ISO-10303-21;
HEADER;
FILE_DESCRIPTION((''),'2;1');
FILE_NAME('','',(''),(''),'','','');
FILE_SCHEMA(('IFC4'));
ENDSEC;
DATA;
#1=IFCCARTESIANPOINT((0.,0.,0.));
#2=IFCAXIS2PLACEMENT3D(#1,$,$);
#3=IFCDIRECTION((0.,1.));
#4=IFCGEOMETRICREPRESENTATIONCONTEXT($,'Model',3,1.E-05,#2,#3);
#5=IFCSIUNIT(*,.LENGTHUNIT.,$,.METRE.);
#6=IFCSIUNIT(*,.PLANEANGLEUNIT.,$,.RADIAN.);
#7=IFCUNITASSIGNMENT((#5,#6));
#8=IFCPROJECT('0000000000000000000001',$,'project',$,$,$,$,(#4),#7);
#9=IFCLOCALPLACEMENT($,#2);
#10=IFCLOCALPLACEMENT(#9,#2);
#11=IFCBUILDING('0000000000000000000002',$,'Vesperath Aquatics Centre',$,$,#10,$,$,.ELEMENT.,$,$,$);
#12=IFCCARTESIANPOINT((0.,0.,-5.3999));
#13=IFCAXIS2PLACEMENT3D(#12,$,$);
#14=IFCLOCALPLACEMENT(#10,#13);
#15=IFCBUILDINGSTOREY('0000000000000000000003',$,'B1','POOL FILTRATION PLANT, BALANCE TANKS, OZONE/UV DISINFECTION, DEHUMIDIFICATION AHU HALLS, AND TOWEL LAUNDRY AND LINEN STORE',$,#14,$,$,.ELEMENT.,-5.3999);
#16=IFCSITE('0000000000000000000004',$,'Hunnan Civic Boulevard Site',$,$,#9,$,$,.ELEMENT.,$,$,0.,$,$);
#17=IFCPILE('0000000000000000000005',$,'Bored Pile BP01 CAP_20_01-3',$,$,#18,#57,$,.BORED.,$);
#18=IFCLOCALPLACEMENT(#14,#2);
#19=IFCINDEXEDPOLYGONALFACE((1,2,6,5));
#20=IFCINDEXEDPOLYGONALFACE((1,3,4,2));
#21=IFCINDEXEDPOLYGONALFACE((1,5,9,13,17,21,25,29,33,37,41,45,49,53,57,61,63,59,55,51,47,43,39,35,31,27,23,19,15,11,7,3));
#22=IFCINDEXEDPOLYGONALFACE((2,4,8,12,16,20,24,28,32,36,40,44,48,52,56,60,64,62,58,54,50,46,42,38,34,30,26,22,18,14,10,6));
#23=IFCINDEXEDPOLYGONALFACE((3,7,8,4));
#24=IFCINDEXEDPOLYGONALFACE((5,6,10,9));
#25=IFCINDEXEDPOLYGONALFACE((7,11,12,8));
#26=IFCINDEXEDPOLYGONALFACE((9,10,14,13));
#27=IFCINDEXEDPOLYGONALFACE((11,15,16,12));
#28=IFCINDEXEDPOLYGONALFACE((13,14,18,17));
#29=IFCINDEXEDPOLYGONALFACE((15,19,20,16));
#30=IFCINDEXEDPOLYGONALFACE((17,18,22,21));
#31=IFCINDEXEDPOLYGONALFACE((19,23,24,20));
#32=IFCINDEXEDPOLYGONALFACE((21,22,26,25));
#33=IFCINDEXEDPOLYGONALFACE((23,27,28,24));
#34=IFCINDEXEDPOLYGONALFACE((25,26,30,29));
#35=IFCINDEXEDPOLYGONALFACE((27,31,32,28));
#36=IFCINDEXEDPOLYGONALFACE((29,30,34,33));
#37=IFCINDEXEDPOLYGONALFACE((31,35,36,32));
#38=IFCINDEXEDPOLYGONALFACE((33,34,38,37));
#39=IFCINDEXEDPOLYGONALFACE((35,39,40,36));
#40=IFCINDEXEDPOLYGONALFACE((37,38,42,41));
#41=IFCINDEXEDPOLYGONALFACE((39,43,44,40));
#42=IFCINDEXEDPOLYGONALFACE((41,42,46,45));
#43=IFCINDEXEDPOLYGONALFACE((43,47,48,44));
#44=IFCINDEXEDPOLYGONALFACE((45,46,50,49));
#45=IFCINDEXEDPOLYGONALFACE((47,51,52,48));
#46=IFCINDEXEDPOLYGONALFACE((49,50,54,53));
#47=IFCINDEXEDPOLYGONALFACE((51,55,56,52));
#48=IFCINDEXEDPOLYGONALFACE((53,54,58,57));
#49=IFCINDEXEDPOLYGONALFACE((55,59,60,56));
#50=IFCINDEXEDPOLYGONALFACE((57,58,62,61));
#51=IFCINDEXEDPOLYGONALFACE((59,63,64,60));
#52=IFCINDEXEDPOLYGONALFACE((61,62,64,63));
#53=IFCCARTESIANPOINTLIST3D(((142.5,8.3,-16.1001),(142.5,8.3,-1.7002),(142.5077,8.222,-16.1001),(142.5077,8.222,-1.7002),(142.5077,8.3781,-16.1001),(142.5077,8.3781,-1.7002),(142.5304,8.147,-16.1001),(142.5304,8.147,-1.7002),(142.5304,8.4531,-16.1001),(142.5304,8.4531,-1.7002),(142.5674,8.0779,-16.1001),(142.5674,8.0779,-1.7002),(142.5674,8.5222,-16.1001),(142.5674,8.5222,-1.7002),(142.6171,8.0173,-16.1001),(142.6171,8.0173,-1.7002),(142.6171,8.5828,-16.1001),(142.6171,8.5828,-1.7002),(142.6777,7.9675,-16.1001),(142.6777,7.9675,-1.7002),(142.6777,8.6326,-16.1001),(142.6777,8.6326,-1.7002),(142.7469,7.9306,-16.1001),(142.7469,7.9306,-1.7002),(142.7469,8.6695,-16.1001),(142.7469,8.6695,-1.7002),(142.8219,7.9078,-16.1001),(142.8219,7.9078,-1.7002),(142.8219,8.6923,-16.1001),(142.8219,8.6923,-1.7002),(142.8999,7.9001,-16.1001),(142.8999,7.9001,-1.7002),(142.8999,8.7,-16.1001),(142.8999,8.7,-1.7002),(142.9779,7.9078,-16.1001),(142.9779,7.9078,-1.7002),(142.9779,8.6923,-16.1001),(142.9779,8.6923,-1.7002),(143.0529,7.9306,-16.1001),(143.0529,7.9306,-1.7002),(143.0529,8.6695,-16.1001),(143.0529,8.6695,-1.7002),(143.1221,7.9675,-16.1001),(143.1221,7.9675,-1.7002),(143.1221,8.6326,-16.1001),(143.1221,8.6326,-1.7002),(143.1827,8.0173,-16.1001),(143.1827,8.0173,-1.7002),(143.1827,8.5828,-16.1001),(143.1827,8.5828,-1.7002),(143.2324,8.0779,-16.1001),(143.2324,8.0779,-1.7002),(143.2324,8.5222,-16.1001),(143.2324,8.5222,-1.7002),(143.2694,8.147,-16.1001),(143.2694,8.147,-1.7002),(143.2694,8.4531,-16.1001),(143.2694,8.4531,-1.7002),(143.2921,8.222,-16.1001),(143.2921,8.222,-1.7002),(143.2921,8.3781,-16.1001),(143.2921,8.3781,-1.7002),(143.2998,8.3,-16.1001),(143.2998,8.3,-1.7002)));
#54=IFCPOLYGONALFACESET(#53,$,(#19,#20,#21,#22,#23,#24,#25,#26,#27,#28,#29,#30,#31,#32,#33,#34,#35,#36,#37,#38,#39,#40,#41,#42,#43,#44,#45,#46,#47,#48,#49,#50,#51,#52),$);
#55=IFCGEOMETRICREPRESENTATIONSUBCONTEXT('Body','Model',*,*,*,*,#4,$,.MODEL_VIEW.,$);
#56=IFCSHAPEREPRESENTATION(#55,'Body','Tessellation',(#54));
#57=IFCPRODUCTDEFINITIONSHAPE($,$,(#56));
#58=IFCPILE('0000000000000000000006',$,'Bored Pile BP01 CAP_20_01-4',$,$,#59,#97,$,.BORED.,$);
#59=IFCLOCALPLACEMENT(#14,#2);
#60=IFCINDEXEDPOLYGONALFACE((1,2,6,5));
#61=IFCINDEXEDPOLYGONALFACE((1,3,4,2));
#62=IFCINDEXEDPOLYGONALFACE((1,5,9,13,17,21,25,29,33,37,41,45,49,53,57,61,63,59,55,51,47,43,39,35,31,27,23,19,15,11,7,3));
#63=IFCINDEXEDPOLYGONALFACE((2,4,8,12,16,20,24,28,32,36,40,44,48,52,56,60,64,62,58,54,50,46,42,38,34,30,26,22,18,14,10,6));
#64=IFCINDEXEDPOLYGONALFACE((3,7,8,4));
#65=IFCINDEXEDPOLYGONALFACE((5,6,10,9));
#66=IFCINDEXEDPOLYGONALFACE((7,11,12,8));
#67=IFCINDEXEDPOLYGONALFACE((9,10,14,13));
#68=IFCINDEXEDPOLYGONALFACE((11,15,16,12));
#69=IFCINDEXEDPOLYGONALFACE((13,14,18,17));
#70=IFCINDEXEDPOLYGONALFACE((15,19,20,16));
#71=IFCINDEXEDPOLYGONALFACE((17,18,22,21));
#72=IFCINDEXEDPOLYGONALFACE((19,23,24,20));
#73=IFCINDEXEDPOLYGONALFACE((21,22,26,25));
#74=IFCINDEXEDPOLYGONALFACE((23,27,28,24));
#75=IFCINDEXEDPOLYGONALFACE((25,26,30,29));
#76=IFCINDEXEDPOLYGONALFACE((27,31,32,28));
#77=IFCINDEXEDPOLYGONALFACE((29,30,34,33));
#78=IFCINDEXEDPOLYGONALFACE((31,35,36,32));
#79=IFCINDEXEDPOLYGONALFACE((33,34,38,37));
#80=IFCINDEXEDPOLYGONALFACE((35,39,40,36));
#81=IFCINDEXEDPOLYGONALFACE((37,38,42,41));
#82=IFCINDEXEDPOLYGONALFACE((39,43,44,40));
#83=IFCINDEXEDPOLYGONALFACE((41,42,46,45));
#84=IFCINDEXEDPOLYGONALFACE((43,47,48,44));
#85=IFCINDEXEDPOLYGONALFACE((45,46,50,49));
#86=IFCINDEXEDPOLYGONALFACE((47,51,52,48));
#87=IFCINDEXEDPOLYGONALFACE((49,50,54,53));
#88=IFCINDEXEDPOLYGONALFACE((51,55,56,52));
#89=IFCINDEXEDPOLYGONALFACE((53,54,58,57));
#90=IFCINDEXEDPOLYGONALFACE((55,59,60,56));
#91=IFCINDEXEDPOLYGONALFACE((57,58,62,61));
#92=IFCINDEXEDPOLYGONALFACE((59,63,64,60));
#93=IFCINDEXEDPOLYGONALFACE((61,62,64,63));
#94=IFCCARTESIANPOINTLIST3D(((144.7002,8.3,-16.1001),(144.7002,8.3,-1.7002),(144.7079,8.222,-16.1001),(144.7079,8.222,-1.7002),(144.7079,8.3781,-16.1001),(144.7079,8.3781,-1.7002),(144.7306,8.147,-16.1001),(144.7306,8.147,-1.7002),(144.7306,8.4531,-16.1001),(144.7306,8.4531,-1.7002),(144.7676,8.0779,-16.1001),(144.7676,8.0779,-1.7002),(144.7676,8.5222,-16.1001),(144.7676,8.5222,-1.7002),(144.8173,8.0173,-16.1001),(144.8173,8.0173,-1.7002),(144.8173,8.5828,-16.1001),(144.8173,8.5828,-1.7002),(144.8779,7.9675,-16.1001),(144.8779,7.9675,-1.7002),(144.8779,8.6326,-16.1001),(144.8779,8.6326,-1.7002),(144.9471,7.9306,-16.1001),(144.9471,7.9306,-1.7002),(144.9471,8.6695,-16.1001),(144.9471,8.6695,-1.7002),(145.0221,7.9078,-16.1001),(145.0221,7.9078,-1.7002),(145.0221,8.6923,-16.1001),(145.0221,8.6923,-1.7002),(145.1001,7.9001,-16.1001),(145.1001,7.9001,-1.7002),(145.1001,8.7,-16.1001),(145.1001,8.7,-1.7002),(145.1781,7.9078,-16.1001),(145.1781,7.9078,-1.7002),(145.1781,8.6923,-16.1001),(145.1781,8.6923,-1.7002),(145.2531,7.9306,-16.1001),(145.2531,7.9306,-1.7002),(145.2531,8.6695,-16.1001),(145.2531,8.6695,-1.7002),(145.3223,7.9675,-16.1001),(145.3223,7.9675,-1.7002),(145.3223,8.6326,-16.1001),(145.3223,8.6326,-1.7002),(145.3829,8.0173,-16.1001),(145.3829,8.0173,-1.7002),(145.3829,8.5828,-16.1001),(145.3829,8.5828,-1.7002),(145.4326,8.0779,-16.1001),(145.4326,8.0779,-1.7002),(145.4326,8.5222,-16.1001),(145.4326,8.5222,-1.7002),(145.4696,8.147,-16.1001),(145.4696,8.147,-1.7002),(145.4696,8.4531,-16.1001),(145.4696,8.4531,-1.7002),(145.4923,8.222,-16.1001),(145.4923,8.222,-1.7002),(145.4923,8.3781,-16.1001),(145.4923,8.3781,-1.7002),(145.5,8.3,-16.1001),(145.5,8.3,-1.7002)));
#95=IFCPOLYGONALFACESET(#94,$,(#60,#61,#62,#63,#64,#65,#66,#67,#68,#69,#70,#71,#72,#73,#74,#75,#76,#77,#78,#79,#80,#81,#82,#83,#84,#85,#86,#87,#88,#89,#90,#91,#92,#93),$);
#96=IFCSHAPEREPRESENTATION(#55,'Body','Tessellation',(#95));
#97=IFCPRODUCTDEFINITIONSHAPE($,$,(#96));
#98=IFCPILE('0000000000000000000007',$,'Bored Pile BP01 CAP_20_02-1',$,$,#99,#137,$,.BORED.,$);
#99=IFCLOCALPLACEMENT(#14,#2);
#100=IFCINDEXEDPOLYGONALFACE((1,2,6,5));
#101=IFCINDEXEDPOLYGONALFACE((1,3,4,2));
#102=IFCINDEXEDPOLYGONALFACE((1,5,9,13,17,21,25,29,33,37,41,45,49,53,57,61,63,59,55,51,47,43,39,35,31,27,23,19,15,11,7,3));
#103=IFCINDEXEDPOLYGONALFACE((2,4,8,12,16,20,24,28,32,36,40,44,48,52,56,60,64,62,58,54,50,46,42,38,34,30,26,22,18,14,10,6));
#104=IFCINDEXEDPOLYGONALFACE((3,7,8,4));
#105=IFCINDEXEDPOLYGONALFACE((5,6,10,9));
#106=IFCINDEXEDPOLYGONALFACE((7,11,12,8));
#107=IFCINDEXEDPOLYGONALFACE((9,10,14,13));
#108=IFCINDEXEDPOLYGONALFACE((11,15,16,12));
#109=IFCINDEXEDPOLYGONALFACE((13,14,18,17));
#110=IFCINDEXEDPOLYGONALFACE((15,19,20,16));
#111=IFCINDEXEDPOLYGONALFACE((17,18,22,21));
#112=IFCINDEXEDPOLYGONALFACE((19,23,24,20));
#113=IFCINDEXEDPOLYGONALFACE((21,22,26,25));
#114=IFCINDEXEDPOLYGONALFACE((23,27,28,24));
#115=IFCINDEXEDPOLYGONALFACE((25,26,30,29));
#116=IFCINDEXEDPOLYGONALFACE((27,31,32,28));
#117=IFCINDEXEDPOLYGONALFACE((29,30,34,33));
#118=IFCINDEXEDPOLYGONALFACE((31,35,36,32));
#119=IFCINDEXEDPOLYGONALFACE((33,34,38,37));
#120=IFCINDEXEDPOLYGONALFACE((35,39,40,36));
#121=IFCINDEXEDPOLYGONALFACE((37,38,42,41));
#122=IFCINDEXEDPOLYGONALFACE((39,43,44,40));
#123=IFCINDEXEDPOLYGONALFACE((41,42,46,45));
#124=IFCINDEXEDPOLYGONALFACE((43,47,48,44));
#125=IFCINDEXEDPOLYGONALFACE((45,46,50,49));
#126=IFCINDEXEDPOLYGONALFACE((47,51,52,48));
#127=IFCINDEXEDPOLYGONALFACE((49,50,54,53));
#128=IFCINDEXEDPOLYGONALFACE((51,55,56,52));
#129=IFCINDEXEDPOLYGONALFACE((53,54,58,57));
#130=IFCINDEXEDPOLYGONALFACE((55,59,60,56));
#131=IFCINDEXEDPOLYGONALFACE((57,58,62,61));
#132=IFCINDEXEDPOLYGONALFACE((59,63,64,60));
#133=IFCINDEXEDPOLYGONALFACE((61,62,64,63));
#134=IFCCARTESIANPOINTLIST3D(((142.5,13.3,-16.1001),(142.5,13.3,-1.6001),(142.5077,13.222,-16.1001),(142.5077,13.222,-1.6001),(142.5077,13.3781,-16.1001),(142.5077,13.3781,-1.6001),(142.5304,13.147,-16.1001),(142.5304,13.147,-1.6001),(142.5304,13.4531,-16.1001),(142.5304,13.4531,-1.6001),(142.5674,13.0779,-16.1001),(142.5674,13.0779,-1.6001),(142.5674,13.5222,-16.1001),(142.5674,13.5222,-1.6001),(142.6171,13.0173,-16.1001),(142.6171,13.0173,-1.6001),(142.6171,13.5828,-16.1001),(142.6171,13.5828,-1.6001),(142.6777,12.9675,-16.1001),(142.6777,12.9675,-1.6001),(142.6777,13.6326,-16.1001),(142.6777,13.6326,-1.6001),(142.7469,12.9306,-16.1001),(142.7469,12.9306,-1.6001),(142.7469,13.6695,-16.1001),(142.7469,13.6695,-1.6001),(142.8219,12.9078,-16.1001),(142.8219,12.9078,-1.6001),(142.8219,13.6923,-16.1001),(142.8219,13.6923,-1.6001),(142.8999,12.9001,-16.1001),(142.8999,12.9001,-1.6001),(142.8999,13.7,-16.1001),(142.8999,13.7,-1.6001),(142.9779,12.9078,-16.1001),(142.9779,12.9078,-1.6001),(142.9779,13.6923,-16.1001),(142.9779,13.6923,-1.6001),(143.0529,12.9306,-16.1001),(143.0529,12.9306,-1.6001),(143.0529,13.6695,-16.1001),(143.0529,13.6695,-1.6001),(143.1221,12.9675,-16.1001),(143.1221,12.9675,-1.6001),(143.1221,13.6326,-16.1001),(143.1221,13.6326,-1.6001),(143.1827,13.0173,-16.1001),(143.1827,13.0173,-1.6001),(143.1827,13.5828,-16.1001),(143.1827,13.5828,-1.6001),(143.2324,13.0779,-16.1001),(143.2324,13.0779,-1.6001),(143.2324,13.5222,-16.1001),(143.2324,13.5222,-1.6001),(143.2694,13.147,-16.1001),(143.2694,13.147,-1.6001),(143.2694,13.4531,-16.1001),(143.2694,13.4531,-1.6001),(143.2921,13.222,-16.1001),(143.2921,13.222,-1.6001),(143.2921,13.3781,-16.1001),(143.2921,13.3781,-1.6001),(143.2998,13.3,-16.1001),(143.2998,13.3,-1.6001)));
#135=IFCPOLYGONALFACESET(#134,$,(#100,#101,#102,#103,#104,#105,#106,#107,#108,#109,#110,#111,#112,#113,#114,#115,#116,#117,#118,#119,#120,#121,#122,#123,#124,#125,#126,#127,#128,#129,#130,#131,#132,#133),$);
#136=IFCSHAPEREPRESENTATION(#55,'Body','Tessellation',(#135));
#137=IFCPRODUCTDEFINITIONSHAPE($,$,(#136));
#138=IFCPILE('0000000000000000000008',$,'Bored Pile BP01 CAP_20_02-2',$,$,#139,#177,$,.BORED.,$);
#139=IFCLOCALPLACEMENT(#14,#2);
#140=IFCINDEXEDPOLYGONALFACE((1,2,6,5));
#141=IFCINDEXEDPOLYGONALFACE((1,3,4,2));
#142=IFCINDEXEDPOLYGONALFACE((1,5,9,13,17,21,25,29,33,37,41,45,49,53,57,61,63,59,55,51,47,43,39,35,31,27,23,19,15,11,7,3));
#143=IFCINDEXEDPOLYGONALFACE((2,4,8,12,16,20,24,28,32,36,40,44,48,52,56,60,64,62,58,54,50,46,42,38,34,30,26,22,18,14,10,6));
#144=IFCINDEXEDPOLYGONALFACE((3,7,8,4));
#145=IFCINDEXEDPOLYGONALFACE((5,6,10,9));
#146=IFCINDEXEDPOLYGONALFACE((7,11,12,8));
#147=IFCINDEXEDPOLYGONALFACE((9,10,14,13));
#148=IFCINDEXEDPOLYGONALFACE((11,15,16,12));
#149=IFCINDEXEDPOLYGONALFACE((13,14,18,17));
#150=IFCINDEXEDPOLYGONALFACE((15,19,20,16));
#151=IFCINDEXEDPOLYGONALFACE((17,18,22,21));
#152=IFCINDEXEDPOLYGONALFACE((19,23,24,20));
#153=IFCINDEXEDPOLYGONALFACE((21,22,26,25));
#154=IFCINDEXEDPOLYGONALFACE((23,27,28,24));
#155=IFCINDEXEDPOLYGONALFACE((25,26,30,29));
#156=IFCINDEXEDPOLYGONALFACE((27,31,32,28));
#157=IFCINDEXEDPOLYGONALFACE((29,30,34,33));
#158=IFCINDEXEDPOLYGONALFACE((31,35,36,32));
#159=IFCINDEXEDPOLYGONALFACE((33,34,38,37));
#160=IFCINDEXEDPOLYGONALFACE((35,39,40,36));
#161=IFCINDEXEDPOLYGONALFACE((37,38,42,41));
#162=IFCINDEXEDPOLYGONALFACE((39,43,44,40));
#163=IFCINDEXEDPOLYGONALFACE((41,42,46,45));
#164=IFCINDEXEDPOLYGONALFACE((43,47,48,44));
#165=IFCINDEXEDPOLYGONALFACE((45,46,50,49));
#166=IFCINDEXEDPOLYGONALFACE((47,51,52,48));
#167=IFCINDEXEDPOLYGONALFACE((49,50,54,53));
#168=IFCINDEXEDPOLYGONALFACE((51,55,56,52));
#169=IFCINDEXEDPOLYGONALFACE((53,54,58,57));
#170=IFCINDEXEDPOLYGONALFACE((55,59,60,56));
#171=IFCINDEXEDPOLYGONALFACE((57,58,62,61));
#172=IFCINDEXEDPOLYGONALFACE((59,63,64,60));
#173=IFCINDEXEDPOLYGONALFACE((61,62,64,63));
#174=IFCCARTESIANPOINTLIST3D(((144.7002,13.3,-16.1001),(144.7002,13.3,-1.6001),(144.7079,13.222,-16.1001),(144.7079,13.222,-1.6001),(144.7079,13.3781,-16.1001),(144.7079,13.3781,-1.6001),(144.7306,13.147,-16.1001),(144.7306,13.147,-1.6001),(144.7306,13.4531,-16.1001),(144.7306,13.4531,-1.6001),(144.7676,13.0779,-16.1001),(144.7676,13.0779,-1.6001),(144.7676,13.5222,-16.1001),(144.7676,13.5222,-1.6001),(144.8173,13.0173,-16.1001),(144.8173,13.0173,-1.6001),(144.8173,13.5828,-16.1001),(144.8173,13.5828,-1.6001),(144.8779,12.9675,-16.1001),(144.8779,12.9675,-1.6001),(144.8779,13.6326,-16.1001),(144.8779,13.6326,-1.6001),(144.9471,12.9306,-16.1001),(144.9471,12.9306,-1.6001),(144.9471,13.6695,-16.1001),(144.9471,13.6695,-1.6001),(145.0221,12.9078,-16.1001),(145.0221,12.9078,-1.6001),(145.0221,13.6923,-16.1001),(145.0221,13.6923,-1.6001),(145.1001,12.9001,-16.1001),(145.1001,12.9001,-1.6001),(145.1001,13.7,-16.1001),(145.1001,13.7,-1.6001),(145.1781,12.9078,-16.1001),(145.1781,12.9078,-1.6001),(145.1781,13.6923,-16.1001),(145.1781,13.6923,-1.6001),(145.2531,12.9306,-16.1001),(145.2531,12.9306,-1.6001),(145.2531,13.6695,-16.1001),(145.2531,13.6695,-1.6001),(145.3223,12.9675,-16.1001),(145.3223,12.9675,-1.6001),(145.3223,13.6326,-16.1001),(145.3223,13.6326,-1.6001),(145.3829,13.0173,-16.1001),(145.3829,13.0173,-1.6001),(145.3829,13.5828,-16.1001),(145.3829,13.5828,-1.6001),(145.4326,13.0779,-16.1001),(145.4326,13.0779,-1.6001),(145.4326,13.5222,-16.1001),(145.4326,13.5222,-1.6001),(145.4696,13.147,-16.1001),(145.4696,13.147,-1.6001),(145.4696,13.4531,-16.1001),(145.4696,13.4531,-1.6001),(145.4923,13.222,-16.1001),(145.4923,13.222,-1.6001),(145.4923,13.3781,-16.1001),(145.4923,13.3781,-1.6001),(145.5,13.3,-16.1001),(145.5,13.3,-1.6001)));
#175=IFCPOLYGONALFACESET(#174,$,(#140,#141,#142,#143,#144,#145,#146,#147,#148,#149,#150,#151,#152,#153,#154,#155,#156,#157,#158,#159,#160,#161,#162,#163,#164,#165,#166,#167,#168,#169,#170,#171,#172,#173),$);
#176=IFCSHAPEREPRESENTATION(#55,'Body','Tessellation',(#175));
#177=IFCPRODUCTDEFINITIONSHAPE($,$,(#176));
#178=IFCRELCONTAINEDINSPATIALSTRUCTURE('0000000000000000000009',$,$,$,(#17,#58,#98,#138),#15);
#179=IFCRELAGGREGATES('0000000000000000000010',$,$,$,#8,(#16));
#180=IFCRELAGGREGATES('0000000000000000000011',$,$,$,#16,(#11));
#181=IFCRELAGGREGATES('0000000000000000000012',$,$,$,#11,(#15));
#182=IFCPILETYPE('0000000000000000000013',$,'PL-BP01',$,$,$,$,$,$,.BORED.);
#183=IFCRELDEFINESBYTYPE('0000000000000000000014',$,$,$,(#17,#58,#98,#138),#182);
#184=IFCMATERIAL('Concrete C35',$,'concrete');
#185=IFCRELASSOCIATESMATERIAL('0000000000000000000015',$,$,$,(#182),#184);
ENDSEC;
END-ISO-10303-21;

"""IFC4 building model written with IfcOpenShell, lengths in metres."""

from ifc_helpers import new_model, si_unit, direction, frame, origin, origin_2d, place, context, subcontext, project, spatial, circle, extrude, material, material_profile, profile_set, type_object, element, save


model = new_model("IFC4")

# Units and contexts
model_context = context("Model", 3, precision=1e-05, world=origin(), true_north=direction((0.0, 1.0)))
body_context = subcontext(model_context, "Body", "Model", "MODEL_VIEW")
ifc_project = project(units=[si_unit("LENGTHUNIT", "METRE"), si_unit("PLANEANGLEUNIT", "RADIAN")], contexts=[model_context])

# Site, building, storey
site_placement = place(None, origin())
site = spatial("IfcSite", under=ifc_project, at=site_placement, Name="Hunnan Civic Boulevard Site", CompositionType="ELEMENT", RefElevation=0.0)
building_placement = place(site_placement, origin())
building = spatial("IfcBuilding", under=site, at=building_placement, Name="Vesperath Aquatics Centre", CompositionType="ELEMENT")
storey_placement = place(building_placement, frame((0.0, 0.0, -5.3999)))
storey = spatial("IfcBuildingStorey", under=building, at=storey_placement, Name="B1", Description="POOL FILTRATION PLANT, BALANCE TANKS, OZONE/UV DISINFECTION, DEHUMIDIFICATION AHU HALLS, AND TOWEL LAUNDRY AND LINEN STORE", CompositionType="ELEMENT", Elevation=-5.3999)

# Piles
ifc_material_1 = material(Name="Concrete C35", Category="concrete")
ifc_material_profile_1 = material_profile(ifc_material_1, circle(Radius=0.3999, at=origin_2d()), Name="PILE D800")
ifc_profile_set_1 = profile_set([ifc_material_profile_1], Name="Concrete C35")
pile_type = type_object("IfcPileType", Name="PL-BP01", PredefinedType="BORED", material=ifc_profile_set_1)
for number, where, z_axis, x_axis, name in (
    (1, (142.8999, 8.3, -1.7002), (0.0, 0.0, -1.0), (1.0, 0.0, 0.0), "Bored Pile BP01 CAP_20_01-3"),
    (2, (145.1001, 8.3, -1.7002), (0.0, 0.0, -1.0), (1.0, 0.0, 0.0), "Bored Pile BP01 CAP_20_01-4"),
):
    element("IfcPile", number, at=place(storey_placement, frame(where, z_axis=z_axis, x_axis=x_axis)), inside=storey, type_object=pile_type, Name=name, PredefinedType="BORED", context=body_context, shape_type="SweptSolid", body=[
        extrude(circle(Radius=0.3999, at=origin_2d()), origin(), (0.0, 0.0, 1.0), 14.3999),
    ])
for number, where, z_axis, x_axis, name in (
    (3, (142.8999, 13.3, -1.6001), (0.0, 0.0, -1.0), (1.0, 0.0, 0.0), "Bored Pile BP01 CAP_20_02-1"),
    (4, (145.1001, 13.3, -1.6001), (0.0, 0.0, -1.0), (1.0, 0.0, 0.0), "Bored Pile BP01 CAP_20_02-2"),
):
    element("IfcPile", number, at=place(storey_placement, frame(where, z_axis=z_axis, x_axis=x_axis)), inside=storey, type_object=pile_type, Name=name, PredefinedType="BORED", context=body_context, shape_type="SweptSolid", body=[
        extrude(circle(Radius=0.3999, at=origin_2d()), origin(), (0.0, 0.0, 1.0), 14.5),
    ])

save(model, "model.ifc")
